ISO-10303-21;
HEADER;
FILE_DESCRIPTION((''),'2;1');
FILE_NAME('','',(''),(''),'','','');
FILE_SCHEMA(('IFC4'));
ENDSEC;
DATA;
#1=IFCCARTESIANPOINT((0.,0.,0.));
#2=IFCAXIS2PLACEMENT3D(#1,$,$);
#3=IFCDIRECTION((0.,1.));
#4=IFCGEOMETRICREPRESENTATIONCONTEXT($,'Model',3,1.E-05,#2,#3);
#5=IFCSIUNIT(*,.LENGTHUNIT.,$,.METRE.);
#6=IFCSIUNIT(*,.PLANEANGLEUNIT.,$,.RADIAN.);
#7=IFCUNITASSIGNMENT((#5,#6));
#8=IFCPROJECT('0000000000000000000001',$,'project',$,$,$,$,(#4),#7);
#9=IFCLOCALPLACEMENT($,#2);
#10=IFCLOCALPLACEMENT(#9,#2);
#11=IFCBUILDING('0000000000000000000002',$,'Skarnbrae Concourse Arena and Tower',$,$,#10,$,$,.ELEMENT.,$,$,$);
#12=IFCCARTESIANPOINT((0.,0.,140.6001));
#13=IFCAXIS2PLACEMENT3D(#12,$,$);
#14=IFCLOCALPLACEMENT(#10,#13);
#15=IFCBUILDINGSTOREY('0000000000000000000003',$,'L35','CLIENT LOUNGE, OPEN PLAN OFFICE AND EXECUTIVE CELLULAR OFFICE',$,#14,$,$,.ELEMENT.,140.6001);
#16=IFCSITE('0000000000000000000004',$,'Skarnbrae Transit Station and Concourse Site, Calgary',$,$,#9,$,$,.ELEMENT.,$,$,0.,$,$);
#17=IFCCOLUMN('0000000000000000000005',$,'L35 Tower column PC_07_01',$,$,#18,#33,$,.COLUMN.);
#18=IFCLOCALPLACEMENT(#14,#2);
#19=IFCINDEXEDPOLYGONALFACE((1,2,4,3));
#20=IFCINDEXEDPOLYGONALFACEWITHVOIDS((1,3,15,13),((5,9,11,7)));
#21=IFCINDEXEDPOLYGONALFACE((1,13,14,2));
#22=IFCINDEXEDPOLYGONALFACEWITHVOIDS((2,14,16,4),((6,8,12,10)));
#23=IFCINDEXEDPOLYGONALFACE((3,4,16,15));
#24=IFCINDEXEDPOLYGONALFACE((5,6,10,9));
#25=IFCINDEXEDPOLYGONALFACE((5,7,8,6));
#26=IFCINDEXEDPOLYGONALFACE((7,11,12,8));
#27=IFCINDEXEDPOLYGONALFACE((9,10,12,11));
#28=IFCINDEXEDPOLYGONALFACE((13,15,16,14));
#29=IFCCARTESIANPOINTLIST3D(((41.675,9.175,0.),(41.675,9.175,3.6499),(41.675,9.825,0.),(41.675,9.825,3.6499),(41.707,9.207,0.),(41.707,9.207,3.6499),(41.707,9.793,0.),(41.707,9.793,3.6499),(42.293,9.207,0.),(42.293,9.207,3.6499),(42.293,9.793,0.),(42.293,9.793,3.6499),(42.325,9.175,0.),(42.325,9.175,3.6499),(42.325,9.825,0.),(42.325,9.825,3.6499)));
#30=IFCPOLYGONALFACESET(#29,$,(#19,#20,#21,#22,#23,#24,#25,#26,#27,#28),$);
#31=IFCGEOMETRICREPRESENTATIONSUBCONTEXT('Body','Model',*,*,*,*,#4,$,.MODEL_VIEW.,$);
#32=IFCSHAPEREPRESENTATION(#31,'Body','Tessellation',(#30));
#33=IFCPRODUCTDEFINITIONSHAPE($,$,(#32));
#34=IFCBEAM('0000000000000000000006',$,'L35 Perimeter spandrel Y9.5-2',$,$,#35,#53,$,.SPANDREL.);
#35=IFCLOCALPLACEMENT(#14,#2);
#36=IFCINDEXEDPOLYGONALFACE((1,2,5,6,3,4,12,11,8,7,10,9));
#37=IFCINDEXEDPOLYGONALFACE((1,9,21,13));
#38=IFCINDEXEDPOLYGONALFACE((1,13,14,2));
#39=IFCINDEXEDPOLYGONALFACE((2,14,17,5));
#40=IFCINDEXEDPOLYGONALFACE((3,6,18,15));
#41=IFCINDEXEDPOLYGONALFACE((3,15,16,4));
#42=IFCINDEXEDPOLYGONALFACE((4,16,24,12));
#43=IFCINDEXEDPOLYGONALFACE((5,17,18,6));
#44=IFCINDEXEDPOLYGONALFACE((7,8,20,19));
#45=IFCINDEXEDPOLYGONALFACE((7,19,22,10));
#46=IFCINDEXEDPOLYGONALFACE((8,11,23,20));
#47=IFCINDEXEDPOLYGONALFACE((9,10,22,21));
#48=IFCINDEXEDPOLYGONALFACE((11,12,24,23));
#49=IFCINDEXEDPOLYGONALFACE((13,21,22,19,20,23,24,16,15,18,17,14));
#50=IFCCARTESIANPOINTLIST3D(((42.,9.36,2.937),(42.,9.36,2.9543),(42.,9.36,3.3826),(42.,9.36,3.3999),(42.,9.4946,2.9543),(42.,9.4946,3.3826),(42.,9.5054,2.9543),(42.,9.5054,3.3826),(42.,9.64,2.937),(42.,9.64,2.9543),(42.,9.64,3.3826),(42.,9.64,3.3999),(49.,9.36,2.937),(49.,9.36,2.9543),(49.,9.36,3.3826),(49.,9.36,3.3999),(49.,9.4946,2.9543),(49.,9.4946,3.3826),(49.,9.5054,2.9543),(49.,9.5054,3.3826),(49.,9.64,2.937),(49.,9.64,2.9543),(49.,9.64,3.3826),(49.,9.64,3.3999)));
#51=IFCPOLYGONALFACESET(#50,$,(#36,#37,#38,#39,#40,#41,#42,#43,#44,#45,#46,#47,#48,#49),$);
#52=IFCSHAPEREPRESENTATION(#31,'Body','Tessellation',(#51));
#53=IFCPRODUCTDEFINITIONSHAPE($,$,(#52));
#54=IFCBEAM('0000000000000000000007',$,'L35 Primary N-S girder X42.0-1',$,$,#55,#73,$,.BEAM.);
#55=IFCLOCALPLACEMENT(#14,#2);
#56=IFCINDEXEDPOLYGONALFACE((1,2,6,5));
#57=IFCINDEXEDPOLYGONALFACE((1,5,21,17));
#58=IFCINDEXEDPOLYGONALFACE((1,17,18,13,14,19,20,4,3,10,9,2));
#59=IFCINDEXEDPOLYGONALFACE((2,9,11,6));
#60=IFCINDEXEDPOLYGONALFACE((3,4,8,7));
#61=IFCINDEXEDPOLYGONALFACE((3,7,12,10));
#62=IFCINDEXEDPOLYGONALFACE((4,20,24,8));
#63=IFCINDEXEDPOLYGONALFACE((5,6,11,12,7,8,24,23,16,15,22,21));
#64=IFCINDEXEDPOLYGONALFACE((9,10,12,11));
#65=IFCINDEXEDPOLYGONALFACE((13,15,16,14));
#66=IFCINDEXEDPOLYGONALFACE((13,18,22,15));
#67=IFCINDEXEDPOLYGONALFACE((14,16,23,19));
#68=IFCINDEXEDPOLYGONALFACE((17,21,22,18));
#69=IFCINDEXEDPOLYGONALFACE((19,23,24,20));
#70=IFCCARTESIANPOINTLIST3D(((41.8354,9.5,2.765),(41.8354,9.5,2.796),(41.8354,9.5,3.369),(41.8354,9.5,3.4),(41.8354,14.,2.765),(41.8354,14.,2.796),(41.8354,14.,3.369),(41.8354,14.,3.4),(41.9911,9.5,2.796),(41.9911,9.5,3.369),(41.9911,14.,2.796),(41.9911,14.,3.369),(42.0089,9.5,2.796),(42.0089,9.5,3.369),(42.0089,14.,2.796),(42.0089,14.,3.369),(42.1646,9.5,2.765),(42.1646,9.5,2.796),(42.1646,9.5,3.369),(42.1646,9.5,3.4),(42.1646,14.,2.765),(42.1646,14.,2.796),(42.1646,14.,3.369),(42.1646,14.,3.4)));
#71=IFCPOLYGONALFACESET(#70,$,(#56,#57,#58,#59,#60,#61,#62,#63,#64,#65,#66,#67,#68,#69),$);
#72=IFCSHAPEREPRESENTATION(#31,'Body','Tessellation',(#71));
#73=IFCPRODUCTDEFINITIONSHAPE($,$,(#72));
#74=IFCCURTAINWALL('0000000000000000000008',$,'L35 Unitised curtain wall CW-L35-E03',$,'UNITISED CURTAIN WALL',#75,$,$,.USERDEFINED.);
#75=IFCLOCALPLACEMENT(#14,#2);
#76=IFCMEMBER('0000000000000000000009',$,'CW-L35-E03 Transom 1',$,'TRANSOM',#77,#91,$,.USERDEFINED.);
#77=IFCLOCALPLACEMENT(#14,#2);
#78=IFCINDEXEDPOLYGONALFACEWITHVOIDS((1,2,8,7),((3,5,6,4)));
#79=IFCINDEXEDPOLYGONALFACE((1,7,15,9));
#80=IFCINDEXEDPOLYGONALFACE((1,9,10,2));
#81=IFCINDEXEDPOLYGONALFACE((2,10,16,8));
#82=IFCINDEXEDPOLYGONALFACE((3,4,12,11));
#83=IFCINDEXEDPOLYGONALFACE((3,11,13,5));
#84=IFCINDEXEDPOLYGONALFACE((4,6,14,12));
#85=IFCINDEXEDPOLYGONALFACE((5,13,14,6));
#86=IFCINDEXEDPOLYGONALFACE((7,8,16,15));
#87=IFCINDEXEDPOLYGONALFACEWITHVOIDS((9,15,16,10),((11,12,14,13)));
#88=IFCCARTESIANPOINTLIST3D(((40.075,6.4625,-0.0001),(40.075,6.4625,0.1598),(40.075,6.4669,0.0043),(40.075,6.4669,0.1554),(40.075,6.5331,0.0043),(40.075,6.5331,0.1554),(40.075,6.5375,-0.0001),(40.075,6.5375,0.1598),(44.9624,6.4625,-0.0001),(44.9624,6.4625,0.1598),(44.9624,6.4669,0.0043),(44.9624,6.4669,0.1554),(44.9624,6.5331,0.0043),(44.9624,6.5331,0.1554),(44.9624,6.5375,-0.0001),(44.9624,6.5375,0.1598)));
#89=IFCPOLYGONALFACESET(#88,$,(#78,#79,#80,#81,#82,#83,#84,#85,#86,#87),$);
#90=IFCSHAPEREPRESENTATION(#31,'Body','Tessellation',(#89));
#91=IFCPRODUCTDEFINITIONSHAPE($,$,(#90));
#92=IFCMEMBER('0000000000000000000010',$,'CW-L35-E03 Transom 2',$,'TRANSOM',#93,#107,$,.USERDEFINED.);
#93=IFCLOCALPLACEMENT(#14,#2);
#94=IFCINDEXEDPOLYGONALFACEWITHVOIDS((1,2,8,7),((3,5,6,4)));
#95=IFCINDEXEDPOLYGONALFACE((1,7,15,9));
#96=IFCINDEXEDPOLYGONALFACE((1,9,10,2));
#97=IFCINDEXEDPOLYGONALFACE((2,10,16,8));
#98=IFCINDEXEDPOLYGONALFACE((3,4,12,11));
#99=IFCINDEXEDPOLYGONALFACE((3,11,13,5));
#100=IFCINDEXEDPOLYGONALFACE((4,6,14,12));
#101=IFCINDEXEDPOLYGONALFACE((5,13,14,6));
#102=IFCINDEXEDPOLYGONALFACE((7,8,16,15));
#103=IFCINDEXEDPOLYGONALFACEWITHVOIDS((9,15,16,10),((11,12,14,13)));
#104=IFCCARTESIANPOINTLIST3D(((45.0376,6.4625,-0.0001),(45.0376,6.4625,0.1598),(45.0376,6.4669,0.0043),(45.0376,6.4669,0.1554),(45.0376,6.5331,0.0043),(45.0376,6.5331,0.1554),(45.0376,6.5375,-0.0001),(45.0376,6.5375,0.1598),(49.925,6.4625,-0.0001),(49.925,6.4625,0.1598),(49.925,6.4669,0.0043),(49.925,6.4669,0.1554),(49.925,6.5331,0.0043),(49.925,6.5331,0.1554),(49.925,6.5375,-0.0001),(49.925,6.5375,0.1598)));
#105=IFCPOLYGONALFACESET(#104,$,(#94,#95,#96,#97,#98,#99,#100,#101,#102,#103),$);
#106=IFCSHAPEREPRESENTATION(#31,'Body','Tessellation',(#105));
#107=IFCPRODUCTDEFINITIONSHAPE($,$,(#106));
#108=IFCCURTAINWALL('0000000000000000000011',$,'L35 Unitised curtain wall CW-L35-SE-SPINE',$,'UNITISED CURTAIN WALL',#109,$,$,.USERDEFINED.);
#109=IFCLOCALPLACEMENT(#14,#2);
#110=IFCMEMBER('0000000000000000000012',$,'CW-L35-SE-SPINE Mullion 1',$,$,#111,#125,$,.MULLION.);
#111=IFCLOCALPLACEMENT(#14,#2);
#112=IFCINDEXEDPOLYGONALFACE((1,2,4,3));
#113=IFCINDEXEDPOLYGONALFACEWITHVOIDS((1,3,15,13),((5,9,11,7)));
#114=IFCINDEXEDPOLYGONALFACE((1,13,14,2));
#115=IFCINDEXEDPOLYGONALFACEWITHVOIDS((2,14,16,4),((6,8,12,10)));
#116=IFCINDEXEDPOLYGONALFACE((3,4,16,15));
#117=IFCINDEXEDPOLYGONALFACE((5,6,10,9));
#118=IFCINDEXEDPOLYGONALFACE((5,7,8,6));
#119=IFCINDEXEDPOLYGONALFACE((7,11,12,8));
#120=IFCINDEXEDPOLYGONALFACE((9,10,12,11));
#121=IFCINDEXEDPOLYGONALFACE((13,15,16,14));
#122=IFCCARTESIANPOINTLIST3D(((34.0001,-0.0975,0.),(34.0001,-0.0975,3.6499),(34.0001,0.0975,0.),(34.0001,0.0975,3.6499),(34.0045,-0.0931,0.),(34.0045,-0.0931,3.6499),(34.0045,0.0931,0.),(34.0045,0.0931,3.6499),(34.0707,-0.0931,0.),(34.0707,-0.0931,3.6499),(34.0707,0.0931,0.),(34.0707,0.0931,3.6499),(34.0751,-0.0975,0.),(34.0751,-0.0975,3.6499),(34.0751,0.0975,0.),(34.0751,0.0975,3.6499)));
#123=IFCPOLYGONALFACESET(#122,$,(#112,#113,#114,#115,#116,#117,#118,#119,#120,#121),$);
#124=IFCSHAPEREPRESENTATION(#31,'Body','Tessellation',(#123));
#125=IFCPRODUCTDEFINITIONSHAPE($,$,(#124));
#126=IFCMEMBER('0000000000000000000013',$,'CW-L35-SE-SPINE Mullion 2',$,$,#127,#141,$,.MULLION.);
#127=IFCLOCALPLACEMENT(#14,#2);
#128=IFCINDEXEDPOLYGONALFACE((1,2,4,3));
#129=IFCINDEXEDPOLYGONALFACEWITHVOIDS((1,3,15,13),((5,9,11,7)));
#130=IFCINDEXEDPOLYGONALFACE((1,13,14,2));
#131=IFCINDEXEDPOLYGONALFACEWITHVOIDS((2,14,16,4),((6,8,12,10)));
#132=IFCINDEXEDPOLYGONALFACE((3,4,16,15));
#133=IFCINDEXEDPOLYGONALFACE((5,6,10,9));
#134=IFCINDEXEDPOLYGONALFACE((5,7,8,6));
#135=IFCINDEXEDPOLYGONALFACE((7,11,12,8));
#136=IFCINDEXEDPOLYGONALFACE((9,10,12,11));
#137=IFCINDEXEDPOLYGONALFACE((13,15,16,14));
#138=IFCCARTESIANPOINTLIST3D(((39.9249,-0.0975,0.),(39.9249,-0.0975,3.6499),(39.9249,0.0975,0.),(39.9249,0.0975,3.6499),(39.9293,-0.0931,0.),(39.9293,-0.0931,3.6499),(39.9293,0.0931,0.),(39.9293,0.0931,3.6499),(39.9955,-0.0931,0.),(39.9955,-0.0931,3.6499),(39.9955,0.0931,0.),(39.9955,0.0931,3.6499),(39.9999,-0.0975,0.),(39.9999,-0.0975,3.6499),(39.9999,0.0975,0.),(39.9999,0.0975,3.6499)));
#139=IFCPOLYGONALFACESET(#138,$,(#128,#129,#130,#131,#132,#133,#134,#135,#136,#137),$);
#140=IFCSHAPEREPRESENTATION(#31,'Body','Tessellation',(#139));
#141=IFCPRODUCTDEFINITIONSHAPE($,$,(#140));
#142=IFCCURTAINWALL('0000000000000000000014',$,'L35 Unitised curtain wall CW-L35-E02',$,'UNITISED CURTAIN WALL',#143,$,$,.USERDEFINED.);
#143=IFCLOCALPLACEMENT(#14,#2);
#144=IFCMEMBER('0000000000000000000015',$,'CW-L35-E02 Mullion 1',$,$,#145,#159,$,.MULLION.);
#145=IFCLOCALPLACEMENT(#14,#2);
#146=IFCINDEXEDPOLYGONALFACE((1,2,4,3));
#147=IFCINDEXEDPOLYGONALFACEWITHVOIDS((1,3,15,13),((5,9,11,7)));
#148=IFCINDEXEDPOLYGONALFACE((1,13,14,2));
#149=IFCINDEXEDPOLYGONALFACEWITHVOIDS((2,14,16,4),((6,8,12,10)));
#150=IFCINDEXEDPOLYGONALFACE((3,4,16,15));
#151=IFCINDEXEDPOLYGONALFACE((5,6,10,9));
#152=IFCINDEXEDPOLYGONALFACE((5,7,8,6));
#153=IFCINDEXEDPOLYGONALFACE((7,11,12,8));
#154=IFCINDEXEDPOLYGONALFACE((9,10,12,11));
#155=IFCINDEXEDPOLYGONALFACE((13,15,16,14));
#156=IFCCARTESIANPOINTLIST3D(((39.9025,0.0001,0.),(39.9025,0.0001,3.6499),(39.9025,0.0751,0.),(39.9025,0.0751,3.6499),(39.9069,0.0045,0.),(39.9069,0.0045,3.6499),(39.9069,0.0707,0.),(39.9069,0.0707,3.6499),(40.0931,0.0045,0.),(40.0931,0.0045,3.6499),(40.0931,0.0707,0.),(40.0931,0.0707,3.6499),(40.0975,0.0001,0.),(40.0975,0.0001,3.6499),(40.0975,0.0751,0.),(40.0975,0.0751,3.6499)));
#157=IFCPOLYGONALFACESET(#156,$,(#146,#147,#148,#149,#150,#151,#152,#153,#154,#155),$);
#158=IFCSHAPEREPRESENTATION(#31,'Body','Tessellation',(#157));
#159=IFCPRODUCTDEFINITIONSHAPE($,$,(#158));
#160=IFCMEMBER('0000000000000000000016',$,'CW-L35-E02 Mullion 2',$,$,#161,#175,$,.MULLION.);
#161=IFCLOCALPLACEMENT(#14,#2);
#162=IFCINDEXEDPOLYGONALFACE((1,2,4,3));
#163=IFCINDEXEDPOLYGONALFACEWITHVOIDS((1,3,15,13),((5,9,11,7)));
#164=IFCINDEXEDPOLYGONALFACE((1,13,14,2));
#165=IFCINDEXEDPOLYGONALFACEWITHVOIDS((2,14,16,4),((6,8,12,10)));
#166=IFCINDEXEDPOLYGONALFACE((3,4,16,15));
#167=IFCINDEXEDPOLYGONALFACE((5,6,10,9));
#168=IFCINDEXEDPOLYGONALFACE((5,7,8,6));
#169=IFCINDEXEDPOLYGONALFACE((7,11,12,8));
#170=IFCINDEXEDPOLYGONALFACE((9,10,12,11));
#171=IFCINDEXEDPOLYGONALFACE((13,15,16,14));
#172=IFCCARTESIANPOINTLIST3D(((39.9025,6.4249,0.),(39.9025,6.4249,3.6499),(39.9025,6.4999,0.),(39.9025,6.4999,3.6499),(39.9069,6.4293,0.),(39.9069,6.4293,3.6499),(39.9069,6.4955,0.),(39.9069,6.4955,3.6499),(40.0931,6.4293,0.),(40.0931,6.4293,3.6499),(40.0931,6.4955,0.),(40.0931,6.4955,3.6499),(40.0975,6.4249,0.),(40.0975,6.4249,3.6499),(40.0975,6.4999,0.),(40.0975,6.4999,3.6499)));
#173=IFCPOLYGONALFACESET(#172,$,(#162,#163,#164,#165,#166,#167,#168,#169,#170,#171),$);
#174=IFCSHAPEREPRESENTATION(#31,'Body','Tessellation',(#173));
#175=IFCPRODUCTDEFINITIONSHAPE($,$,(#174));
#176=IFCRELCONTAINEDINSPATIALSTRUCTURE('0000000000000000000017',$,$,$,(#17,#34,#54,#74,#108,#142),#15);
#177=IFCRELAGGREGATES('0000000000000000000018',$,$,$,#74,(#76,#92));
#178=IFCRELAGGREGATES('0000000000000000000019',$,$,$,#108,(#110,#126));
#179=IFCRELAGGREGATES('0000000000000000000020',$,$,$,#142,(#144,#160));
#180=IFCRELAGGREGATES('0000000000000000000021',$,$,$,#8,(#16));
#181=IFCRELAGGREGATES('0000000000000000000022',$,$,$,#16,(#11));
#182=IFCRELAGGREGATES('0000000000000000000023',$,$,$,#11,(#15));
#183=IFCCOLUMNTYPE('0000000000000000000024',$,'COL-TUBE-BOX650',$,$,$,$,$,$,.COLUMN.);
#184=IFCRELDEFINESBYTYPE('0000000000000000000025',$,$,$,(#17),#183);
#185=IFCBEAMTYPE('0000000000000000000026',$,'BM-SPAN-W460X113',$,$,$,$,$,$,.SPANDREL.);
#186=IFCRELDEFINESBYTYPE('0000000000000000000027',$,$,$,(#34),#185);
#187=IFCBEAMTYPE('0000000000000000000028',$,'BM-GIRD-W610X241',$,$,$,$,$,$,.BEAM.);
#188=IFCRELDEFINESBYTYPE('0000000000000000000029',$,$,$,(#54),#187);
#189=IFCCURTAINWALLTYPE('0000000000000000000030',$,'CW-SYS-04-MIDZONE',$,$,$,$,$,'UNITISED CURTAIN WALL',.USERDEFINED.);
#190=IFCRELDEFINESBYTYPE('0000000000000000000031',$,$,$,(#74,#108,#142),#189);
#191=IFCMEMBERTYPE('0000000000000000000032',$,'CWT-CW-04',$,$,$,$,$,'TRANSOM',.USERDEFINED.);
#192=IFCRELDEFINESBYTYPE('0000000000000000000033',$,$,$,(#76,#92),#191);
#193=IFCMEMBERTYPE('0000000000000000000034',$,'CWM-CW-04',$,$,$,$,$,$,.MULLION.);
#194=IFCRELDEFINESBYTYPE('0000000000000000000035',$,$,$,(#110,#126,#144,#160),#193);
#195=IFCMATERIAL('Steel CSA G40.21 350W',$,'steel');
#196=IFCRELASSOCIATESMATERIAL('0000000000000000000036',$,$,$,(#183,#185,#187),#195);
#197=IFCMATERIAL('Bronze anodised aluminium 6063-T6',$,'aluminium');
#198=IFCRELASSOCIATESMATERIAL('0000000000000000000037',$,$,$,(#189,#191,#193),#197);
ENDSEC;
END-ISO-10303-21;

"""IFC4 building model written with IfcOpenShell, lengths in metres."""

from ifc_helpers import new_model, si_unit, direction, frame, origin, origin_2d, place, context, subcontext, project, spatial, hollow_rectangle, i_section, extrude, source, transform, mapped, material, material_profile, profile_set, type_object, element, aggregate, save


model = new_model("IFC4")

# Units and contexts
model_context = context("Model", 3, precision=1e-05, world=origin(), true_north=direction((0.0, 1.0)))
body_context = subcontext(model_context, "Body", "Model", "MODEL_VIEW")
ifc_project = project(units=[si_unit("LENGTHUNIT", "METRE"), si_unit("PLANEANGLEUNIT", "RADIAN")], contexts=[model_context])

# Site, building, storey
site_placement = place(None, origin())
site = spatial("IfcSite", under=ifc_project, at=site_placement, Name="Skarnbrae Transit Station and Concourse Site, Calgary", CompositionType="ELEMENT", RefElevation=0.0)
building_placement = place(site_placement, origin())
building = spatial("IfcBuilding", under=site, at=building_placement, Name="Skarnbrae Concourse Arena and Tower", CompositionType="ELEMENT")
storey_placement = place(building_placement, frame((0.0, 0.0, 140.6001)))
storey = spatial("IfcBuildingStorey", under=building, at=storey_placement, Name="L35", Description="CLIENT LOUNGE, OPEN PLAN OFFICE AND EXECUTIVE CELLULAR OFFICE", CompositionType="ELEMENT", Elevation=140.6001)

# Column
ifc_material_1 = material(Name="Steel CSA G40.21 350W", Category="steel")
ifc_material_profile_1 = material_profile(ifc_material_1, hollow_rectangle(XDim=0.6499, YDim=0.6499, WallThickness=0.032, at=origin_2d()), Name="BOX650X650X32")
ifc_profile_set_1 = profile_set([ifc_material_profile_1], Name="Steel CSA G40.21 350W")
column_type = type_object("IfcColumnType", Name="COL-TUBE-BOX650", PredefinedType="COLUMN", material=ifc_profile_set_1)
shared_shape_1 = source(origin(), body_context, "Body", "SweptSolid", [
    extrude(hollow_rectangle(XDim=0.6499, YDim=0.6499, WallThickness=0.032, at=origin_2d()), origin(), (0.0, 0.0, 1.0), 3.6499),
])
column_placement = place(storey_placement, frame((42.0, 9.5, 0.0), z_axis=(0.0, 0.0, 1.0), x_axis=(1.0, 0.0, 0.0)))
element("IfcColumn", 1, at=column_placement, inside=storey, type_object=column_type, Name="L35 Tower column PC_07_01", PredefinedType="COLUMN", context=body_context, shape_type="MappedRepresentation", body=[
    mapped(shared_shape_1, transform((0.0, 0.0, 0.0))),
])

# Beams
ifc_material_profile_2 = material_profile(ifc_material_1, i_section(OverallWidth=0.28, OverallDepth=0.4629, WebThickness=0.0107, FlangeThickness=0.0173, at=origin_2d()), Name="W460X113")
ifc_profile_set_2 = profile_set([ifc_material_profile_2], Name="Steel CSA G40.21 350W")
beam_type_1 = type_object("IfcBeamType", Name="BM-SPAN-W460X113", PredefinedType="SPANDREL", material=ifc_profile_set_2)
shared_shape_2 = source(origin(), body_context, "Body", "SweptSolid", [
    extrude(i_section(OverallWidth=0.28, OverallDepth=0.4629, WebThickness=0.0107, FlangeThickness=0.0173, at=origin_2d()), origin(), (0.0, 0.0, 1.0), 7.0),
])
beam_1_placement = place(storey_placement, frame((42.0, 9.5, 3.1685), z_axis=(1.0, 0.0, 0.0), x_axis=(0.0, 1.0, 0.0)))
element("IfcBeam", 2, at=beam_1_placement, inside=storey, type_object=beam_type_1, Name="L35 Perimeter spandrel Y9.5-2", PredefinedType="SPANDREL", context=body_context, shape_type="MappedRepresentation", body=[
    mapped(shared_shape_2, transform((0.0, 0.0, 0.0))),
])
ifc_material_profile_3 = material_profile(ifc_material_1, i_section(OverallWidth=0.3291, OverallDepth=0.635, WebThickness=0.0178, FlangeThickness=0.031, at=origin_2d()), Name="W610X241")
ifc_profile_set_3 = profile_set([ifc_material_profile_3], Name="Steel CSA G40.21 350W")
beam_type_2 = type_object("IfcBeamType", Name="BM-GIRD-W610X241", PredefinedType="BEAM", material=ifc_profile_set_3)
shared_shape_3 = source(origin(), body_context, "Body", "SweptSolid", [
    extrude(i_section(OverallWidth=0.3291, OverallDepth=0.635, WebThickness=0.0178, FlangeThickness=0.031, at=origin_2d()), origin(), (0.0, 0.0, 1.0), 4.5),
])
beam_2_placement = place(storey_placement, frame((42.0, 9.5, 3.0825), z_axis=(0.0, 1.0, 0.0), x_axis=(-1.0, 0.0, 0.0)))
element("IfcBeam", 3, at=beam_2_placement, inside=storey, type_object=beam_type_2, Name="L35 Primary N-S girder X42.0-1", PredefinedType="BEAM", context=body_context, shape_type="MappedRepresentation", body=[
    mapped(shared_shape_3, transform((0.0, 0.0, 0.0))),
])

# Curtain walls, members
ifc_material_2 = material(Name="Bronze anodised aluminium 6063-T6", Category="aluminium")
curtain_wall_type = type_object("IfcCurtainWallType", Name="CW-SYS-04-MIDZONE", ElementType="UNITISED CURTAIN WALL", PredefinedType="USERDEFINED", material=ifc_material_2)
curtain_wall_1_placement = place(storey_placement, origin())
curtain_wall_1 = element("IfcCurtainWall", 4, at=curtain_wall_1_placement, inside=storey, type_object=curtain_wall_type, Name="L35 Unitised curtain wall CW-L35-E03", ObjectType="UNITISED CURTAIN WALL", PredefinedType="USERDEFINED")
ifc_material_profile_4 = material_profile(ifc_material_2, hollow_rectangle(XDim=0.075, YDim=0.1599, WallThickness=0.0044, at=origin_2d()), Name="ALU-TRAN-75X160")
ifc_profile_set_4 = profile_set([ifc_material_profile_4], Name="Bronze anodised aluminium 6063-T6")
member_type_1 = type_object("IfcMemberType", Name="CWT-CW-04", ElementType="TRANSOM", PredefinedType="USERDEFINED", material=ifc_profile_set_4)
shared_shape_4 = source(origin(), body_context, "Body", "SweptSolid", [
    extrude(hollow_rectangle(XDim=0.075, YDim=0.1599, WallThickness=0.0044, at=origin_2d()), origin(), (0.0, 0.0, 1.0), 4.8875),
])
member_1_placement = place(storey_placement, frame((40.075, 6.5, 0.0798), z_axis=(1.0, 0.0, 0.0), x_axis=(0.0, 1.0, 0.0)))
member_1 = element("IfcMember", 5, at=member_1_placement, type_object=member_type_1, Name="CW-L35-E03 Transom 1", ObjectType="TRANSOM", PredefinedType="USERDEFINED", context=body_context, shape_type="MappedRepresentation", body=[
    mapped(shared_shape_4, transform((0.0, 0.0, 0.0))),
])
member_2_placement = place(storey_placement, frame((45.0376, 6.5, 0.0798), z_axis=(1.0, 0.0, 0.0), x_axis=(0.0, 1.0, 0.0)))
member_2 = element("IfcMember", 6, at=member_2_placement, type_object=member_type_1, Name="CW-L35-E03 Transom 2", ObjectType="TRANSOM", PredefinedType="USERDEFINED", context=body_context, shape_type="MappedRepresentation", body=[
    mapped(shared_shape_4, transform((0.0, 0.0, 0.0))),
])
curtain_wall_2_placement = place(storey_placement, origin())
curtain_wall_2 = element("IfcCurtainWall", 7, at=curtain_wall_2_placement, inside=storey, type_object=curtain_wall_type, Name="L35 Unitised curtain wall CW-L35-SE-SPINE", ObjectType="UNITISED CURTAIN WALL", PredefinedType="USERDEFINED")
ifc_material_profile_5 = material_profile(ifc_material_2, hollow_rectangle(XDim=0.075, YDim=0.1951, WallThickness=0.0044, at=origin_2d()), Name="ALU-MULL-75X195")
ifc_profile_set_5 = profile_set([ifc_material_profile_5], Name="Bronze anodised aluminium 6063-T6")
member_type_2 = type_object("IfcMemberType", Name="CWM-CW-04", PredefinedType="MULLION", material=ifc_profile_set_5)
shared_shape_5 = source(origin(), body_context, "Body", "SweptSolid", [
    extrude(hollow_rectangle(XDim=0.075, YDim=0.1951, WallThickness=0.0044, at=origin_2d()), origin(), (0.0, 0.0, 1.0), 3.6499),
])
member_3_placement = place(storey_placement, frame((34.0376, 0.0, 0.0), z_axis=(0.0, 0.0, 1.0), x_axis=(1.0, 0.0, 0.0)))
member_3 = element("IfcMember", 8, at=member_3_placement, type_object=member_type_2, Name="CW-L35-SE-SPINE Mullion 1", PredefinedType="MULLION", context=body_context, shape_type="MappedRepresentation", body=[
    mapped(shared_shape_5, transform((0.0, 0.0, 0.0))),
])
member_4_placement = place(storey_placement, frame((39.9624, 0.0, 0.0), z_axis=(0.0, 0.0, 1.0), x_axis=(1.0, 0.0, 0.0)))
member_4 = element("IfcMember", 9, at=member_4_placement, type_object=member_type_2, Name="CW-L35-SE-SPINE Mullion 2", PredefinedType="MULLION", context=body_context, shape_type="MappedRepresentation", body=[
    mapped(shared_shape_5, transform((0.0, 0.0, 0.0))),
])
curtain_wall_3_placement = place(storey_placement, origin())
curtain_wall_3 = element("IfcCurtainWall", 10, at=curtain_wall_3_placement, inside=storey, type_object=curtain_wall_type, Name="L35 Unitised curtain wall CW-L35-E02", ObjectType="UNITISED CURTAIN WALL", PredefinedType="USERDEFINED")
member_5_placement = place(storey_placement, frame((40.0, 0.0376, 0.0), z_axis=(0.0, 0.0, 1.0), x_axis=(0.0, 1.0, 0.0)))
member_5 = element("IfcMember", 11, at=member_5_placement, type_object=member_type_2, Name="CW-L35-E02 Mullion 1", PredefinedType="MULLION", context=body_context, shape_type="MappedRepresentation", body=[
    mapped(shared_shape_5, transform((0.0, 0.0, 0.0))),
])
member_6_placement = place(storey_placement, frame((40.0, 6.4624, 0.0), z_axis=(0.0, 0.0, 1.0), x_axis=(0.0, 1.0, 0.0)))
member_6 = element("IfcMember", 12, at=member_6_placement, type_object=member_type_2, Name="CW-L35-E02 Mullion 2", PredefinedType="MULLION", context=body_context, shape_type="MappedRepresentation", body=[
    mapped(shared_shape_5, transform((0.0, 0.0, 0.0))),
])

aggregate(curtain_wall_1, [member_1, member_2])
aggregate(curtain_wall_2, [member_3, member_4])
aggregate(curtain_wall_3, [member_5, member_6])

save(model, "model.ifc")
